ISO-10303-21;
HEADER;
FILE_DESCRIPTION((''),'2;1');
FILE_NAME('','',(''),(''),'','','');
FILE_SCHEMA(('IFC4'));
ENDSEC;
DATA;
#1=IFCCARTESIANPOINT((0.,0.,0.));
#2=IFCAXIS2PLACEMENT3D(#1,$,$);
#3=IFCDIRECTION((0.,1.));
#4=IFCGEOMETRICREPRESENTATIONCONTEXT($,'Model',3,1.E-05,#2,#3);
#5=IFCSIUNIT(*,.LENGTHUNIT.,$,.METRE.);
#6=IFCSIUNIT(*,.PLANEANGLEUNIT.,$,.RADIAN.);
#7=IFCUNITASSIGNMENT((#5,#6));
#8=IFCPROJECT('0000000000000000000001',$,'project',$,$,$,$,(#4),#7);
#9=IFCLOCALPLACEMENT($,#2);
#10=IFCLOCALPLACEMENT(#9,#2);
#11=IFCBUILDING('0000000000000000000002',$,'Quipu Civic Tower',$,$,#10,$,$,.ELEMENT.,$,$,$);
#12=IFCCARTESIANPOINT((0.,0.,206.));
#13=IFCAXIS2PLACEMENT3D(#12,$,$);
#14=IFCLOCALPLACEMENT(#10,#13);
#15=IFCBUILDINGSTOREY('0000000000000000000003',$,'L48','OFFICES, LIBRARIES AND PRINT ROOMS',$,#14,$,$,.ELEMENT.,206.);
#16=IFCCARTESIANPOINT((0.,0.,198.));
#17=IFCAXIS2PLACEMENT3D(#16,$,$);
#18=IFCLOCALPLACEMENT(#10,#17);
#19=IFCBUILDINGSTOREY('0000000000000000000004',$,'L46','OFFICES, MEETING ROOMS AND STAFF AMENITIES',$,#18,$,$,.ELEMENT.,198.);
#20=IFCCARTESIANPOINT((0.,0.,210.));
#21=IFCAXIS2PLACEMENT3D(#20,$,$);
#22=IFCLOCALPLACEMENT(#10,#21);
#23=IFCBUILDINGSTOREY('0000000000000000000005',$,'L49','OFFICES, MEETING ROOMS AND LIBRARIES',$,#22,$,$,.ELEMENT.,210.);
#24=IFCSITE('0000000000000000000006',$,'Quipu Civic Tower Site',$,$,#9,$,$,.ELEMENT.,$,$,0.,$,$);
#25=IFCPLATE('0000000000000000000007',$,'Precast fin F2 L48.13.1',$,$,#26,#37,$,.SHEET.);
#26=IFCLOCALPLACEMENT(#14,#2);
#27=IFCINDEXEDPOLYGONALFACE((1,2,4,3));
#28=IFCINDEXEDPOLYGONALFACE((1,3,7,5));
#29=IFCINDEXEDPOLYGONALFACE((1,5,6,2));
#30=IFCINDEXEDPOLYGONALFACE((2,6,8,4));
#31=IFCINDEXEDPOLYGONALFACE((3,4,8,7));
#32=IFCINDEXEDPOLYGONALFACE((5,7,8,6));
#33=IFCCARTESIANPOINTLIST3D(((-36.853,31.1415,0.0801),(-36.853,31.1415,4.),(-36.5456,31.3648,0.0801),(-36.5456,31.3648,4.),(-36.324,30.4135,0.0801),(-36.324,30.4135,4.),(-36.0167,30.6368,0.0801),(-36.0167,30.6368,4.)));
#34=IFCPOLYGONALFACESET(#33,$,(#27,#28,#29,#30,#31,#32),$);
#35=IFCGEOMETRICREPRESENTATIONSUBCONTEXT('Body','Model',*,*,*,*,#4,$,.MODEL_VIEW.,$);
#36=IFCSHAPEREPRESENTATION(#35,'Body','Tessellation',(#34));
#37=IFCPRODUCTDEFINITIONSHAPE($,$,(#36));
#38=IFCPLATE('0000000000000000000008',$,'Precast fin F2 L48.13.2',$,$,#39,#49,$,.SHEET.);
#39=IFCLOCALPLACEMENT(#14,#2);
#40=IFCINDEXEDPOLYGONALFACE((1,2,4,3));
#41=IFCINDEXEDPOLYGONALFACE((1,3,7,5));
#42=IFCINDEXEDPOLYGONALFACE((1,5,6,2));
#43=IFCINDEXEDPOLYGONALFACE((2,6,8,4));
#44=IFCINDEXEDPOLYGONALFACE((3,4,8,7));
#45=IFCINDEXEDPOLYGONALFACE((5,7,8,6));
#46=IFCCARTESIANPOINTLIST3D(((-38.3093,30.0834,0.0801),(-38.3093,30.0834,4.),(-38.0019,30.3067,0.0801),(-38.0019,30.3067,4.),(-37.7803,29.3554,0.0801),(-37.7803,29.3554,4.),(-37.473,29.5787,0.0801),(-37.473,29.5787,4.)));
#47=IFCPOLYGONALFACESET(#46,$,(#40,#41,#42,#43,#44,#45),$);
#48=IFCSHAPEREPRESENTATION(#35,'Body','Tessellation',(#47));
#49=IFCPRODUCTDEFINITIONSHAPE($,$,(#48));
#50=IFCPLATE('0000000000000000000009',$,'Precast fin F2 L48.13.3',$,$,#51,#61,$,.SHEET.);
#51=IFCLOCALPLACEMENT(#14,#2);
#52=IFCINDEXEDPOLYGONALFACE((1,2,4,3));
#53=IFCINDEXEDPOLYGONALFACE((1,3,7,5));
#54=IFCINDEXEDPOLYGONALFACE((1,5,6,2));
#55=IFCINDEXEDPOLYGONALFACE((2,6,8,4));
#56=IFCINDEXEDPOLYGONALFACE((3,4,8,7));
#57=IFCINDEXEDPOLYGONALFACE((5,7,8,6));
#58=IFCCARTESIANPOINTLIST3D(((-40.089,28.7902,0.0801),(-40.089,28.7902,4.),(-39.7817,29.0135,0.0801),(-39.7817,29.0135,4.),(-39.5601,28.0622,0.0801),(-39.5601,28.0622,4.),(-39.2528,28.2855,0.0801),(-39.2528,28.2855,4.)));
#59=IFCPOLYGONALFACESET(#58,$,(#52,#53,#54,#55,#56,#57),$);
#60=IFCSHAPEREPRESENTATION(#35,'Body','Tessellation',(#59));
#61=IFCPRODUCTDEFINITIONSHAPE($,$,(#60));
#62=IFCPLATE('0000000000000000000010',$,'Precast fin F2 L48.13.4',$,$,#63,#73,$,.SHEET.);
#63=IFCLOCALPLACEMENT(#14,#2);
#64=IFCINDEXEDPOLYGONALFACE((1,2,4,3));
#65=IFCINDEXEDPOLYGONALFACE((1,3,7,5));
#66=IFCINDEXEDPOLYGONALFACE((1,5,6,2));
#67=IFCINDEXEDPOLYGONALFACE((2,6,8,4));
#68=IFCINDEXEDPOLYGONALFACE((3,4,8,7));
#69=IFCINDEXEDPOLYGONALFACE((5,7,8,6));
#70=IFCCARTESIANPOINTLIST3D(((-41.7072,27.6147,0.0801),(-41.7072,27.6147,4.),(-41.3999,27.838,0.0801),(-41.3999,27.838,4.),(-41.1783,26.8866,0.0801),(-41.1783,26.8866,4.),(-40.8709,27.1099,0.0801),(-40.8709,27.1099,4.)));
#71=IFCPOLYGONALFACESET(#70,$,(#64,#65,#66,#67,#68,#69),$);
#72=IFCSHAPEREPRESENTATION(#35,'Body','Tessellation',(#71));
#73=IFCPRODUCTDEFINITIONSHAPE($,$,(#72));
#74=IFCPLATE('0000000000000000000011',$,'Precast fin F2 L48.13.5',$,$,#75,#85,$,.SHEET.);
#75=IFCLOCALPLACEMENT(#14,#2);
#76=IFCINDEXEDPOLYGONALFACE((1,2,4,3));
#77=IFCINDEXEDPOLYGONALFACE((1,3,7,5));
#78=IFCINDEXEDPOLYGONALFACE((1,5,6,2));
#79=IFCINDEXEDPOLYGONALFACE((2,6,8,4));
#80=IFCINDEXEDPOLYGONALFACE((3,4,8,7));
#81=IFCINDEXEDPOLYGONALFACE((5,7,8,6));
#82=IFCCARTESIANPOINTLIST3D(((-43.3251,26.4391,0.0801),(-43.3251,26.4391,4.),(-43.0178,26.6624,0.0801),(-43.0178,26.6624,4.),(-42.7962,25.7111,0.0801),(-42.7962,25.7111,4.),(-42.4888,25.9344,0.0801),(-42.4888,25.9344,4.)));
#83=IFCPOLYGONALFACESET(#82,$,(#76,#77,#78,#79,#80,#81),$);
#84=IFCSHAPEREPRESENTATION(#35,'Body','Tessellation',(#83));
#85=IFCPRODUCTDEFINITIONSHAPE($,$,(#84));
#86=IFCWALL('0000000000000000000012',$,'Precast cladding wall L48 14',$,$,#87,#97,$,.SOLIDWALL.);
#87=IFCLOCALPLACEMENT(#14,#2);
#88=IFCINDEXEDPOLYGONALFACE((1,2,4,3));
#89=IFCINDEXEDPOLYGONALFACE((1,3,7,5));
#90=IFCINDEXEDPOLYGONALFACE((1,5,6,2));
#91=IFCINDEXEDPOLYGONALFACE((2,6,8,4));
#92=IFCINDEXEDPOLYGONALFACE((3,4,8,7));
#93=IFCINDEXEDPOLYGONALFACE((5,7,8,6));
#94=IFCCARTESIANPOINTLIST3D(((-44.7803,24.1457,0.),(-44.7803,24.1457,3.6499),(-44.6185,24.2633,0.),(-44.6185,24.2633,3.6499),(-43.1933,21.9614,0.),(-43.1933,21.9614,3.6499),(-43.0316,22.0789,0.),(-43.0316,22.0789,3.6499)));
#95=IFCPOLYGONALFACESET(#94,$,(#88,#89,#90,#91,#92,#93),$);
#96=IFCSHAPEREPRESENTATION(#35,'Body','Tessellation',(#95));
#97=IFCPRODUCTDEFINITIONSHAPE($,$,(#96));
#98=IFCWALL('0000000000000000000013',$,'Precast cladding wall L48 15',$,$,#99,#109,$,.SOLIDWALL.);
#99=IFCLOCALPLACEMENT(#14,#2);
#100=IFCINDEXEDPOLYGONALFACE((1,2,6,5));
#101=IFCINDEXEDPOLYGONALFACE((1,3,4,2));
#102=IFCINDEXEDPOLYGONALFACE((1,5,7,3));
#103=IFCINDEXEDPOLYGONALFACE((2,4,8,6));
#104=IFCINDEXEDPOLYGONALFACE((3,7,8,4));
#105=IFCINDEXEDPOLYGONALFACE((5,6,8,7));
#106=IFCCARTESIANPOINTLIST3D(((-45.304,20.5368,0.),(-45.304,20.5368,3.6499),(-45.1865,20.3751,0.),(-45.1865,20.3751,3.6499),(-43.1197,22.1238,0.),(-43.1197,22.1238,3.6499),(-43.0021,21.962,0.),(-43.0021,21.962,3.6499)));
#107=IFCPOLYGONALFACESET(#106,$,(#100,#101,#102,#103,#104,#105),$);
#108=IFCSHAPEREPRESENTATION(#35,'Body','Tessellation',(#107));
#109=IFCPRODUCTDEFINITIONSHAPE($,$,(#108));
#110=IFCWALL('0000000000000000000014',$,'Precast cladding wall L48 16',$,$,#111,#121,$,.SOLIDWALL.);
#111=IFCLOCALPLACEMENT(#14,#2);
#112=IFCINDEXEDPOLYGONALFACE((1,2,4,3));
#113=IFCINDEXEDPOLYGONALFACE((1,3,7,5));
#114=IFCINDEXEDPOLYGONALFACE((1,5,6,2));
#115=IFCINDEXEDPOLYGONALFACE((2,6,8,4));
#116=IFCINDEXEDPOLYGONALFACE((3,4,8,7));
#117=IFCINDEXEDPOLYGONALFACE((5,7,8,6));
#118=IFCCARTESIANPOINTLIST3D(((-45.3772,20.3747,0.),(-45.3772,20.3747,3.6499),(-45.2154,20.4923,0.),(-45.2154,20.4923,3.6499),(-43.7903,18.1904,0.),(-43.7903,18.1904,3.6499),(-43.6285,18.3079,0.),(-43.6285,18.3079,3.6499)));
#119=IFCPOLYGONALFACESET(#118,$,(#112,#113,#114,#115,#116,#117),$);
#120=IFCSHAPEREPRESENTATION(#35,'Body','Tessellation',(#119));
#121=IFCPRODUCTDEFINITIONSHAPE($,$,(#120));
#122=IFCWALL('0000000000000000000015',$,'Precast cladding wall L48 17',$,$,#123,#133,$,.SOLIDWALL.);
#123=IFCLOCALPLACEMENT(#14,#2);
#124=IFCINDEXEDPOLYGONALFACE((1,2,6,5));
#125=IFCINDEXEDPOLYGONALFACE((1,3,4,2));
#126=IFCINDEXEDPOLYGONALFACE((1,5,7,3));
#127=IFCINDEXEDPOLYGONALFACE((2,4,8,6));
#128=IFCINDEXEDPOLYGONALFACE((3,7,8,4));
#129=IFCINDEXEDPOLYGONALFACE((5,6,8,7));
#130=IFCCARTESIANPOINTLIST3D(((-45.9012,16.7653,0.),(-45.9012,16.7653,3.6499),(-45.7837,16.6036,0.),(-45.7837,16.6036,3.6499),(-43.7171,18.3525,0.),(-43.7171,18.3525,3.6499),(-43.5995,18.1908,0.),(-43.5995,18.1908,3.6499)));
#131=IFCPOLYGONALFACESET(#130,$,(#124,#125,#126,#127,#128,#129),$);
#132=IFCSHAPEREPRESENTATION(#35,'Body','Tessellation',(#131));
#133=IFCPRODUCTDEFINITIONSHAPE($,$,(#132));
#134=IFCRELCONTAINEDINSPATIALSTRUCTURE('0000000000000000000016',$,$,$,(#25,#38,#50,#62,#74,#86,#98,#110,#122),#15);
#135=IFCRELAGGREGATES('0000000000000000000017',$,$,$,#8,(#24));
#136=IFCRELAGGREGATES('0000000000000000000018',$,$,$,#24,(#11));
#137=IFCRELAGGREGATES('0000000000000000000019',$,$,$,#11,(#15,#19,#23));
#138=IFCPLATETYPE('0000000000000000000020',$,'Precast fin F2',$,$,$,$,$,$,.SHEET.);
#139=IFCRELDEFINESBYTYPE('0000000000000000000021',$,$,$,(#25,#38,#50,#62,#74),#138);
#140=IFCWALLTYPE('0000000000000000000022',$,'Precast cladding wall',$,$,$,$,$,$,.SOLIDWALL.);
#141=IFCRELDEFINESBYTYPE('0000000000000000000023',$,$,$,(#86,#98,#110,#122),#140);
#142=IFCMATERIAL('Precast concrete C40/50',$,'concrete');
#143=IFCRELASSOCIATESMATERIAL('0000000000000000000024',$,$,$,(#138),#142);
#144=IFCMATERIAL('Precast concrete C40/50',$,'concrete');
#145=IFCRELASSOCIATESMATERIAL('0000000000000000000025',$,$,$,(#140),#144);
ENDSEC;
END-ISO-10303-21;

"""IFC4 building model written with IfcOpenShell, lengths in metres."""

from ifc_helpers import new_model, si_unit, direction, frame, frame_2d, origin, origin_2d, place, context, subcontext, project, spatial, rectangle, extrude, material, type_object, element, save


model = new_model("IFC4")

# Units and contexts
model_context = context("Model", 3, precision=1e-05, world=origin(), true_north=direction((0.0, 1.0)))
body_context = subcontext(model_context, "Body", "Model", "MODEL_VIEW")
ifc_project = project(units=[si_unit("LENGTHUNIT", "METRE"), si_unit("PLANEANGLEUNIT", "RADIAN")], contexts=[model_context])

# Site, building, storey
site_placement = place(None, origin())
site = spatial("IfcSite", under=ifc_project, at=site_placement, Name="Quipu Civic Tower Site", CompositionType="ELEMENT", RefElevation=0.0)
building_placement = place(site_placement, origin())
building = spatial("IfcBuilding", under=site, at=building_placement, Name="Quipu Civic Tower", CompositionType="ELEMENT")
storey_1_placement = place(building_placement, frame((0.0, 0.0, 206.0)))
storey_1 = spatial("IfcBuildingStorey", under=building, at=storey_1_placement, Name="L48", Description="OFFICES, LIBRARIES AND PRINT ROOMS", CompositionType="ELEMENT", Elevation=206.0)

# Shared definitions
storey_2_placement = place(building_placement, frame((0.0, 0.0, 198.0)))
storey_2 = spatial("IfcBuildingStorey", under=building, at=storey_2_placement, Name="L46", Description="OFFICES, MEETING ROOMS AND STAFF AMENITIES", CompositionType="ELEMENT", Elevation=198.0)

# Shared definitions
storey_3_placement = place(building_placement, frame((0.0, 0.0, 210.0)))
storey_3 = spatial("IfcBuildingStorey", under=building, at=storey_3_placement, Name="L49", Description="OFFICES, MEETING ROOMS AND LIBRARIES", CompositionType="ELEMENT", Elevation=210.0)

# Plates
ifc_material_1 = material(Name="Precast concrete C40/50", Category="concrete")
plate_type_1 = type_object("IfcPlateType", Name="Precast fin F2", PredefinedType="SHEET", material=ifc_material_1)
for number, where, z_axis, x_axis, name in (
    (1, (-36.4348, 30.8892, 0.0801), (0.0, 0.0, 1.0), (-0.809017, -0.587785, 0.0), "Precast fin F2 L48.13.1"),
    (2, (-37.8911, 29.8311, 0.0801), (0.0, 0.0, 1.0), (-0.809017, -0.587785, 0.0), "Precast fin F2 L48.13.2"),
    (3, (-39.6709, 28.5378, 0.0801), (0.0, 0.0, 1.0), (-0.809017, -0.587785, 0.0), "Precast fin F2 L48.13.3"),
    (4, (-41.2891, 27.3623, 0.0801), (0.0, 0.0, 1.0), (-0.809017, -0.587785, 0.0), "Precast fin F2 L48.13.4"),
    (5, (-42.907, 26.1868, 0.0801), (0.0, 0.0, 1.0), (-0.809017, -0.587785, 0.0), "Precast fin F2 L48.13.5"),
):
    element("IfcPlate", number, at=place(storey_1_placement, frame(where, z_axis=z_axis, x_axis=x_axis)), inside=storey_1, type_object=plate_type_1, Name=name, PredefinedType="SHEET", context=body_context, shape_type="SweptSolid", body=[
        extrude(rectangle(XDim=0.3799, YDim=0.8999, at=origin_2d()), origin(), (0.0, 0.0, 1.0), 3.9199),
    ])

# Walls
ifc_material_2 = material(Name="Precast concrete C40/50", Category="concrete")
wall_type = type_object("IfcWallType", Name="Precast cladding wall", PredefinedType="SOLIDWALL", material=ifc_material_2)
for number, where, z_axis, x_axis, name in (
    (6, (-44.6995, 24.2046, 0.0), (0.0, 0.0, 1.0), (0.587763, -0.809033, 0.0), "Precast cladding wall L48 14"),
    (7, (-43.0608, 22.043, 0.0), (0.0, 0.0, 1.0), (-0.809033, -0.587763, 0.0), "Precast cladding wall L48 15"),
    (8, (-45.2964, 20.4336, 0.0), (0.0, 0.0, 1.0), (0.587763, -0.809033, 0.0), "Precast cladding wall L48 16"),
    (9, (-43.6582, 18.2717, 0.0), (0.0, 0.0, 1.0), (-0.808959, -0.587865, 0.0), "Precast cladding wall L48 17"),
):
    element("IfcWall", number, at=place(storey_1_placement, frame(where, z_axis=z_axis, x_axis=x_axis)), inside=storey_1, type_object=wall_type, Name=name, PredefinedType="SOLIDWALL", context=body_context, shape_type="SweptSolid", body=[
        extrude(rectangle(XDim=2.7, YDim=0.2, at=frame_2d((1.3501, 0.0))), origin(), (0.0, 0.0, 1.0), 3.6499),
    ])

save(model, "model.ifc")
